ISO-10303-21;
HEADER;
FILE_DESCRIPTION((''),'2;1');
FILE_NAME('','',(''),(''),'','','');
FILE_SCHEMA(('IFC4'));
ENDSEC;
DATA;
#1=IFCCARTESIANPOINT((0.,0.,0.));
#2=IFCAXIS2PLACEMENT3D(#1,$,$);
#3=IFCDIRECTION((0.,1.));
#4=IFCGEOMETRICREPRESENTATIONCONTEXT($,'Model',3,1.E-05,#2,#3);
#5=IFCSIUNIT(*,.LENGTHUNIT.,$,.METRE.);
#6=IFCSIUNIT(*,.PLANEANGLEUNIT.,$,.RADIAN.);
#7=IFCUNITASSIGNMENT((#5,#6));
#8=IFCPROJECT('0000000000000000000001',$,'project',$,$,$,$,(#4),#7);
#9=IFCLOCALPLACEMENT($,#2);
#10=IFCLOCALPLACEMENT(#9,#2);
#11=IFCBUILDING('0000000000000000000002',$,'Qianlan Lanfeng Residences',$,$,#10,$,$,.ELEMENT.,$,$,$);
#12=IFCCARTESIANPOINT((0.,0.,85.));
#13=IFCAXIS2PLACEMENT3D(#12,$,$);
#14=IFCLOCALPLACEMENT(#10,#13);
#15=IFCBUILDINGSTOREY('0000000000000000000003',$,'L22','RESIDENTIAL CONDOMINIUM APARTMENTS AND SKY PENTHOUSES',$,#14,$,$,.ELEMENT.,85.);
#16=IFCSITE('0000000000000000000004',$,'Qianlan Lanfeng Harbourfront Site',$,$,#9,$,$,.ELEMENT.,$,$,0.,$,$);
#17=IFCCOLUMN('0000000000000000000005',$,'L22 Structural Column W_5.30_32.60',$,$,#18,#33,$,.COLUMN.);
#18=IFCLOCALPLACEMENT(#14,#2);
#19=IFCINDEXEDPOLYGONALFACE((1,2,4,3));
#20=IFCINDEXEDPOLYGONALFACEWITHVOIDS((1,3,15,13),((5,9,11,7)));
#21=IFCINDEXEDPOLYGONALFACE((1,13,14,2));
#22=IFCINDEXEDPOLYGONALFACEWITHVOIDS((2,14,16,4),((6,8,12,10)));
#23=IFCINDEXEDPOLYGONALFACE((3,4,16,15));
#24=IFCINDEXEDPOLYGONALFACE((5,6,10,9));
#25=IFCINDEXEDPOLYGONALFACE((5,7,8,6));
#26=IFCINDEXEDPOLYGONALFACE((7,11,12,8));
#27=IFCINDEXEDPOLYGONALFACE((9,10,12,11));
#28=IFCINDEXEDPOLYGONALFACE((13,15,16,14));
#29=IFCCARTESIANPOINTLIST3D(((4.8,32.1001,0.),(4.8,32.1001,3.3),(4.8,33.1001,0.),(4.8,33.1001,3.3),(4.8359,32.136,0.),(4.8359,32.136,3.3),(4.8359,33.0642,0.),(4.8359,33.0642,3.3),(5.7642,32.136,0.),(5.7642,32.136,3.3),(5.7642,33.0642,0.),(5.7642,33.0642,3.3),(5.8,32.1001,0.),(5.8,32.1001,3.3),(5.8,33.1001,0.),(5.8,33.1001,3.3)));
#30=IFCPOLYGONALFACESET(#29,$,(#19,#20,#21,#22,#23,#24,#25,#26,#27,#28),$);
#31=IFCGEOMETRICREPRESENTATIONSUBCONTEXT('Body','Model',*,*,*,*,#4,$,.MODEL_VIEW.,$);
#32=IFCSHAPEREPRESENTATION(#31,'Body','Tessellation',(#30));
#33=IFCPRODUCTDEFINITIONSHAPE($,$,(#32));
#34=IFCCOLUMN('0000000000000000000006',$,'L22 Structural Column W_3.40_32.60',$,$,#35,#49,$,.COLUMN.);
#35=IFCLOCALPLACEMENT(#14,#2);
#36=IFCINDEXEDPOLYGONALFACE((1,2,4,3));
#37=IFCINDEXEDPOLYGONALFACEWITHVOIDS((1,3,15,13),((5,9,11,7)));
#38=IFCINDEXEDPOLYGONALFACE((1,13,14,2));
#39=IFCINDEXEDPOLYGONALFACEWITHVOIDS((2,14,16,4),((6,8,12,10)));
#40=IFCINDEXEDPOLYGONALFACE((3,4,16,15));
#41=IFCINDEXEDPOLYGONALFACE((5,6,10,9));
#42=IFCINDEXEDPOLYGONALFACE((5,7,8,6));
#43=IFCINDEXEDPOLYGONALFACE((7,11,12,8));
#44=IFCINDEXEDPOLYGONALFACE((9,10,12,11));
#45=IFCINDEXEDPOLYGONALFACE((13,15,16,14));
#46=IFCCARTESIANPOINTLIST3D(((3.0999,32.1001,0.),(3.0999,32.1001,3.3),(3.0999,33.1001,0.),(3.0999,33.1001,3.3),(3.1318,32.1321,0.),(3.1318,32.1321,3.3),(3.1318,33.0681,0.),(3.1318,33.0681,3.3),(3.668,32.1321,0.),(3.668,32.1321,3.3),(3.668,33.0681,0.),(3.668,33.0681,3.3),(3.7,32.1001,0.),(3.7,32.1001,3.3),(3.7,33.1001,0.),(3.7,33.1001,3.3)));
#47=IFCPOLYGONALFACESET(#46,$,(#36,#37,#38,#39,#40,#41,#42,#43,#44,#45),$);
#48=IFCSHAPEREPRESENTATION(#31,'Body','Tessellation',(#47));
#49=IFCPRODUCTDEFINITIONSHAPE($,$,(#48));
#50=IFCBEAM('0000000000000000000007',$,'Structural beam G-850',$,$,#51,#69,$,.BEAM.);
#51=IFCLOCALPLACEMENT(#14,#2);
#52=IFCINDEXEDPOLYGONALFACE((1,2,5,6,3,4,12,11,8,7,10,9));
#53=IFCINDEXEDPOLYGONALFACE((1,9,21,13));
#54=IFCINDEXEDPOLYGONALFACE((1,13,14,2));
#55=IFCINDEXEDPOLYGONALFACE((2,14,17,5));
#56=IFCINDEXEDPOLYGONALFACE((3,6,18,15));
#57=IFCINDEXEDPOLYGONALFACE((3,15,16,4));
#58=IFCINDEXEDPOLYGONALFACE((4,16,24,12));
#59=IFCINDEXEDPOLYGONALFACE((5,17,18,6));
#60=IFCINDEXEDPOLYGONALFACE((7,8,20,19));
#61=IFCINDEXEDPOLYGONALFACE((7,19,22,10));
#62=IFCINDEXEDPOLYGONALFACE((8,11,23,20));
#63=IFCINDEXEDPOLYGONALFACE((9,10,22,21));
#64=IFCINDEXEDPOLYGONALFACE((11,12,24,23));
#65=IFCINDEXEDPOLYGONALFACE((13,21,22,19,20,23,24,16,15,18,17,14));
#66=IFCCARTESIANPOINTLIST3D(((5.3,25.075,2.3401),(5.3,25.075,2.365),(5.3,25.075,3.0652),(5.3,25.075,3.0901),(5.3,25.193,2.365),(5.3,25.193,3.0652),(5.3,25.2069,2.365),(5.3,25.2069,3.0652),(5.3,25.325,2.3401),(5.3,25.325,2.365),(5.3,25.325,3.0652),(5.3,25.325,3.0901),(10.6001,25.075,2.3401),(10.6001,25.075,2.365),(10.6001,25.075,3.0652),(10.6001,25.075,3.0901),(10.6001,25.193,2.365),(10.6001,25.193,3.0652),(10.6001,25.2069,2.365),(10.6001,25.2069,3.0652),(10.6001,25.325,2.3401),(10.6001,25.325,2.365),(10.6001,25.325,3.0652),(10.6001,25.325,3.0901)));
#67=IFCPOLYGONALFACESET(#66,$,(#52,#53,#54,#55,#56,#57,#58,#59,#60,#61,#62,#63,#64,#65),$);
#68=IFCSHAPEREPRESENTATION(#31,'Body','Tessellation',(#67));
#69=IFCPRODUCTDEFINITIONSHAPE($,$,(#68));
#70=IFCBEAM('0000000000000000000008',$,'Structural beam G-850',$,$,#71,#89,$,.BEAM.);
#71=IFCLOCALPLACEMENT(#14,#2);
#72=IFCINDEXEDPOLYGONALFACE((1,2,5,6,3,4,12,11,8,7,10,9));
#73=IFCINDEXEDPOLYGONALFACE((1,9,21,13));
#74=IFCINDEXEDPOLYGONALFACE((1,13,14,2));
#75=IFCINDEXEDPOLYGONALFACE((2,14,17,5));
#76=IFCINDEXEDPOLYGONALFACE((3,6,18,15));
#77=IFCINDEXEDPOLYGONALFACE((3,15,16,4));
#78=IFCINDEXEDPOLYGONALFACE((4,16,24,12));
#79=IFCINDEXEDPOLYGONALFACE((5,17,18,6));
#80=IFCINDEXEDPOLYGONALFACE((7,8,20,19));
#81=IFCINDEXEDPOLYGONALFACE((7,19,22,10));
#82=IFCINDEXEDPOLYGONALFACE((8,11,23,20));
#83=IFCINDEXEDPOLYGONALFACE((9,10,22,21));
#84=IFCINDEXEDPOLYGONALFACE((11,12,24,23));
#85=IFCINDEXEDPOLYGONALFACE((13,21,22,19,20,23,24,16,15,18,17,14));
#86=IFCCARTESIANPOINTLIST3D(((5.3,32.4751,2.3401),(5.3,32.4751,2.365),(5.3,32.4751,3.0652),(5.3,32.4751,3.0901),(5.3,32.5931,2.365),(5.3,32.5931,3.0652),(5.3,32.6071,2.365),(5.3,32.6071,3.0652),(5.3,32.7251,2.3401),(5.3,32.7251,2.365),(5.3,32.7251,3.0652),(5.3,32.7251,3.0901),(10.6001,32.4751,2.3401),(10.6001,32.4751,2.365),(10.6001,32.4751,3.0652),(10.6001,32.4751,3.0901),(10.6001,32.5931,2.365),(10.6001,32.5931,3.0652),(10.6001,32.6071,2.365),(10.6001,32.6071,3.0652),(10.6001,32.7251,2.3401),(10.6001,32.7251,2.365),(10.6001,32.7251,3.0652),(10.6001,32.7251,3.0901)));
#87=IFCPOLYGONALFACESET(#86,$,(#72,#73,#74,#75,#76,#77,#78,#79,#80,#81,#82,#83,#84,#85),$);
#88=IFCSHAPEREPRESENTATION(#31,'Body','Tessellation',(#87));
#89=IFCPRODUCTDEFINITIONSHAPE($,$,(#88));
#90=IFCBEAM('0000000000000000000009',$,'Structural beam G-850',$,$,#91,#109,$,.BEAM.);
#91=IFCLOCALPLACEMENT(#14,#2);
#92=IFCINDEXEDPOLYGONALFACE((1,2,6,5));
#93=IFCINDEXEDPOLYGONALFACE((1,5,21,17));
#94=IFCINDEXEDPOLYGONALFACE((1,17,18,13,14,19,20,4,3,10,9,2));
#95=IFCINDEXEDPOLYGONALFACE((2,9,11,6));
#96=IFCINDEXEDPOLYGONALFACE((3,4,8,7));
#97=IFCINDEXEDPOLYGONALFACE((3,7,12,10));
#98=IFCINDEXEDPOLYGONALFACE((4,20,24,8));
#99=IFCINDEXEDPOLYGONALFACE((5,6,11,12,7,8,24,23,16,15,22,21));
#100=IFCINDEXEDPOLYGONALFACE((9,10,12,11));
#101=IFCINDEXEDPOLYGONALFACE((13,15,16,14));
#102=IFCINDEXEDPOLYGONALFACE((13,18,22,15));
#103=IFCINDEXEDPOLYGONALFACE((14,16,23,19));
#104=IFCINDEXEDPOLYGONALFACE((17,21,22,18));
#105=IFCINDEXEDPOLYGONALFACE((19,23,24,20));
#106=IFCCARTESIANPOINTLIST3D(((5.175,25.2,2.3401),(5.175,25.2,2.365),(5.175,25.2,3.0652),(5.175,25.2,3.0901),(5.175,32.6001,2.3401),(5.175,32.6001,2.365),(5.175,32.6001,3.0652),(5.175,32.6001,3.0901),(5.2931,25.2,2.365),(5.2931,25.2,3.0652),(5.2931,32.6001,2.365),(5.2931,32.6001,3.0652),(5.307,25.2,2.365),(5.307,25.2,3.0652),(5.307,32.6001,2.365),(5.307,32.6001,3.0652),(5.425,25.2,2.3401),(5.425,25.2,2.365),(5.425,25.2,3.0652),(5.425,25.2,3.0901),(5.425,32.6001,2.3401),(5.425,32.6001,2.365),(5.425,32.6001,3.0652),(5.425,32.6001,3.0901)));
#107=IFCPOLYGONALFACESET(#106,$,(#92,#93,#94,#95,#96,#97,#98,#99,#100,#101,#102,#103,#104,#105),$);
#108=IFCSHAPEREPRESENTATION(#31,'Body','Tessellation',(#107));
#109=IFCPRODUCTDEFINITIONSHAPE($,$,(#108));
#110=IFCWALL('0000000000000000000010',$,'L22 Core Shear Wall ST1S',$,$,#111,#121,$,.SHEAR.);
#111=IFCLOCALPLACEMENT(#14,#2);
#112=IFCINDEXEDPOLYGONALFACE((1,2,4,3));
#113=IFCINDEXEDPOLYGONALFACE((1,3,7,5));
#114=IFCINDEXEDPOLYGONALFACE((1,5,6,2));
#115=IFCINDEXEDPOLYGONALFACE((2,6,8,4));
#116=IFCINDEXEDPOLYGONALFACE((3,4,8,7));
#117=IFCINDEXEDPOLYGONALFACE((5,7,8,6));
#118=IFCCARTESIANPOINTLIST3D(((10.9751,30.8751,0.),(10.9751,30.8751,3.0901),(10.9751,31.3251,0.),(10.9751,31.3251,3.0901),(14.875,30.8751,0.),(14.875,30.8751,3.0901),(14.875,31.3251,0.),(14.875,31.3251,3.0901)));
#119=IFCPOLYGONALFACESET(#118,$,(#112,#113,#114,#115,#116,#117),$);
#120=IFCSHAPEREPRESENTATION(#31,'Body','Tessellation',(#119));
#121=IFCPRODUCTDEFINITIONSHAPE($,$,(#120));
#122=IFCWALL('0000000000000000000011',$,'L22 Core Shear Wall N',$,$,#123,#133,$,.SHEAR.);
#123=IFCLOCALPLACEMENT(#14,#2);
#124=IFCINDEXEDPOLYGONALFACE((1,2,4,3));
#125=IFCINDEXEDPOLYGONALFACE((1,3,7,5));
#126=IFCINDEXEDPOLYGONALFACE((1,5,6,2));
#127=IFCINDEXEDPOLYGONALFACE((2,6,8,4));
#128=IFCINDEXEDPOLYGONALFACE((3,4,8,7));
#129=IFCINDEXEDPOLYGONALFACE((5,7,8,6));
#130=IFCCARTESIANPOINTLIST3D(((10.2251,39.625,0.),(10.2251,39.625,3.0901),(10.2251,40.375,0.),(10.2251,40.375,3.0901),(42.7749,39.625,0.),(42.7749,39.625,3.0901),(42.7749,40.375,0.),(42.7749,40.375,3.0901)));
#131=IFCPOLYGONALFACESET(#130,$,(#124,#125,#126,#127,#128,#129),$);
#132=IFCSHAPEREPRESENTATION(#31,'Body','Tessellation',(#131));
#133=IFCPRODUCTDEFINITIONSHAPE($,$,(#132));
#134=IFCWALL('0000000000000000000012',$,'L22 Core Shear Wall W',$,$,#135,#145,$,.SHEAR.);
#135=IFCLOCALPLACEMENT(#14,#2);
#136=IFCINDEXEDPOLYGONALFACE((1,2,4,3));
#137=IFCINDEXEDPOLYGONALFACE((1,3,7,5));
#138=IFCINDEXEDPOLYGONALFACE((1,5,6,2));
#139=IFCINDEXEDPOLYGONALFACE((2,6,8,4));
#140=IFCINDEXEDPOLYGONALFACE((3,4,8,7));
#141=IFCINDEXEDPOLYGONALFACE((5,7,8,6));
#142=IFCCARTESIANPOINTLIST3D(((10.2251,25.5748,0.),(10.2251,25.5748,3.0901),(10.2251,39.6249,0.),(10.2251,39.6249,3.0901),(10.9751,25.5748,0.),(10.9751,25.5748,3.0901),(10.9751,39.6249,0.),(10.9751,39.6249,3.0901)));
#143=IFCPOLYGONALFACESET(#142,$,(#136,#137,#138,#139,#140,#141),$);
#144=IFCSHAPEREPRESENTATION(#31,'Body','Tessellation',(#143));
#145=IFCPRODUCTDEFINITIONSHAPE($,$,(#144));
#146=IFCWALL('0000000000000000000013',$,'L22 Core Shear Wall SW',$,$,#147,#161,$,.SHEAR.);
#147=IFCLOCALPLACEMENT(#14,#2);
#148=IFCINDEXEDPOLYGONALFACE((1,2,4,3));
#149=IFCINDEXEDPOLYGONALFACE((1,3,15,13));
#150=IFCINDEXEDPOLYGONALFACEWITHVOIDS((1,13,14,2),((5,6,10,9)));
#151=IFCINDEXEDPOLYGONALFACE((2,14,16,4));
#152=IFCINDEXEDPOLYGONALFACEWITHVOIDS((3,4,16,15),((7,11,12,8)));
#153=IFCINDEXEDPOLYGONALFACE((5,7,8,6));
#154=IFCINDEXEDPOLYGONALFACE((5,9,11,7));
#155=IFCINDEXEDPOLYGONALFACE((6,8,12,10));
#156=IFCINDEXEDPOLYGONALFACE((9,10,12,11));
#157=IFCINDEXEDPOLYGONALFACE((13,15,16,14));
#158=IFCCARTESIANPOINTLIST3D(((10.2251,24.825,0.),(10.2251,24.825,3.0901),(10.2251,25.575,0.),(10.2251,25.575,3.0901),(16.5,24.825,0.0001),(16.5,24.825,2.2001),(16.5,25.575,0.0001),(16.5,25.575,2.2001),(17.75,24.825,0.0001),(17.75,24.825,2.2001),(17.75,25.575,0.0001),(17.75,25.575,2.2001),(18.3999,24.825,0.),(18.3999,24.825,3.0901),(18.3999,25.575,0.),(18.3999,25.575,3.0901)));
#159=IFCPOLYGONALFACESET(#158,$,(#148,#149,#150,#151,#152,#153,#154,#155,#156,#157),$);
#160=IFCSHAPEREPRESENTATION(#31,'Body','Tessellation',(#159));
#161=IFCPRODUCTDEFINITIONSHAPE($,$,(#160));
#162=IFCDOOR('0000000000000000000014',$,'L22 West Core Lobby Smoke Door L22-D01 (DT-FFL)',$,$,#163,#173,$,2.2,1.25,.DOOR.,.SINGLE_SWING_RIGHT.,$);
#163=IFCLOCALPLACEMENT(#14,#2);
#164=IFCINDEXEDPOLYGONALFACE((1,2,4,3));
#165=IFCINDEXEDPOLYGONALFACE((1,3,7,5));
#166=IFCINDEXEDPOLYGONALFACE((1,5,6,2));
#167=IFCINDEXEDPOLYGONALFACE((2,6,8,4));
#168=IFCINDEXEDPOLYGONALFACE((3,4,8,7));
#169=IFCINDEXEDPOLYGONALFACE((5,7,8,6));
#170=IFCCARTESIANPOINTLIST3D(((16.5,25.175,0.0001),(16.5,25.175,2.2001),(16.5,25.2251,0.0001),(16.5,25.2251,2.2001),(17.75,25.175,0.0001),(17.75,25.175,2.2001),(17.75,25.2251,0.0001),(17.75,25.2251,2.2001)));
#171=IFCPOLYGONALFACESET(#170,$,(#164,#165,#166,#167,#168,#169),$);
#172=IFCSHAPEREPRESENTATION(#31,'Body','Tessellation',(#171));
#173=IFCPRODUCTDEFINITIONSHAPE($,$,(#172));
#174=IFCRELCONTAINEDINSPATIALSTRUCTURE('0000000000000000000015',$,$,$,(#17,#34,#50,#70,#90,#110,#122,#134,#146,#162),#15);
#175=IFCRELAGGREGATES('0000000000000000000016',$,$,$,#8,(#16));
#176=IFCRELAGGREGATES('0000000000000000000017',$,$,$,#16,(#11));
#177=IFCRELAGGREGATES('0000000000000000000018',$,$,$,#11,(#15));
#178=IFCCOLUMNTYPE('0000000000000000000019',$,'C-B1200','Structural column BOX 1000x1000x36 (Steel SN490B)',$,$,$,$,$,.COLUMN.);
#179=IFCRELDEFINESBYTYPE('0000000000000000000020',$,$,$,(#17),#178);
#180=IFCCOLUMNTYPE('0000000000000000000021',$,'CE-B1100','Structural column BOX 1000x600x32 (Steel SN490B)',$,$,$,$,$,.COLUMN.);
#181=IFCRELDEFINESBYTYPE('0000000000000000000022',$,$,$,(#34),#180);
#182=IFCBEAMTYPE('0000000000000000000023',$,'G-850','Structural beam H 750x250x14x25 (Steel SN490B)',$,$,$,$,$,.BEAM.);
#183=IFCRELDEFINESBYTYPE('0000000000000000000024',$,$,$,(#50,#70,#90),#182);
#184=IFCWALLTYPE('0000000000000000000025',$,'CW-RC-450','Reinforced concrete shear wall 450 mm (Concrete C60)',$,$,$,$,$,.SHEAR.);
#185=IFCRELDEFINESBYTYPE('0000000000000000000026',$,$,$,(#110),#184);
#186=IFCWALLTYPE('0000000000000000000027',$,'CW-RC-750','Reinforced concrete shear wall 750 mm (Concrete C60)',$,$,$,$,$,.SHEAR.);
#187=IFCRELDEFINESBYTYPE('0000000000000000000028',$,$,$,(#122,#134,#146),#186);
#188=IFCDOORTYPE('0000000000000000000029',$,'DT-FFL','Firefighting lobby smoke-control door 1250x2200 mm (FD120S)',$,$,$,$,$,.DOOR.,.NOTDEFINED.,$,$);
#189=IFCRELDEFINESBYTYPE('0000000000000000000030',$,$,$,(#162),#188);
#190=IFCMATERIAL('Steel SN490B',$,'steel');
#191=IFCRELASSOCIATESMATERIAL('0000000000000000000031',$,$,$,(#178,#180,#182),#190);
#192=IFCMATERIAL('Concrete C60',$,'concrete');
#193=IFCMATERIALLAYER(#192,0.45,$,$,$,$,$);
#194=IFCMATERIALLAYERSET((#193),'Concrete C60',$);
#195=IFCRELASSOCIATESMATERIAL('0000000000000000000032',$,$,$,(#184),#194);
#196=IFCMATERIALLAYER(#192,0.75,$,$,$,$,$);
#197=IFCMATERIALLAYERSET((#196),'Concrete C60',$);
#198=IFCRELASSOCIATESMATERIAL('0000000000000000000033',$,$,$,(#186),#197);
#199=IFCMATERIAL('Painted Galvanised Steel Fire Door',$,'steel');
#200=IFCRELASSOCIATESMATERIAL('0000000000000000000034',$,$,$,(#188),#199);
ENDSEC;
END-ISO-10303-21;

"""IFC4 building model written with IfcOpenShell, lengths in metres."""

from ifc_helpers import new_model, si_unit, direction, frame, frame_2d, origin, origin_2d, place, context, subcontext, project, spatial, rectangle, hollow_rectangle, i_section, extrude, material, layer, layer_set, material_profile, profile_set, type_object, element, fill, save


model = new_model("IFC4")

# Units and contexts
model_context = context("Model", 3, precision=1e-05, world=origin(), true_north=direction((0.0, 1.0)))
body_context = subcontext(model_context, "Body", "Model", "MODEL_VIEW")
ifc_project = project(units=[si_unit("LENGTHUNIT", "METRE"), si_unit("PLANEANGLEUNIT", "RADIAN")], contexts=[model_context])

# Site, building, storey
site_placement = place(None, origin())
site = spatial("IfcSite", under=ifc_project, at=site_placement, Name="Qianlan Lanfeng Harbourfront Site", CompositionType="ELEMENT", RefElevation=0.0)
building_placement = place(site_placement, origin())
building = spatial("IfcBuilding", under=site, at=building_placement, Name="Qianlan Lanfeng Residences", CompositionType="ELEMENT")
storey_placement = place(building_placement, frame((0.0, 0.0, 85.0)))
storey = spatial("IfcBuildingStorey", under=building, at=storey_placement, Name="L22", Description="RESIDENTIAL CONDOMINIUM APARTMENTS AND SKY PENTHOUSES", CompositionType="ELEMENT", Elevation=85.0)

# Columns
ifc_material_1 = material(Name="Steel SN490B", Category="steel")
ifc_material_profile_1 = material_profile(ifc_material_1, hollow_rectangle(XDim=1.0, YDim=1.0, WallThickness=0.0359, at=origin_2d()), Name="BOX 1000x1000x36")
ifc_profile_set_1 = profile_set([ifc_material_profile_1], Name="Steel SN490B")
column_type_1 = type_object("IfcColumnType", Name="C-B1200", Description="Structural column BOX 1000x1000x36 (Steel SN490B)", PredefinedType="COLUMN", material=ifc_profile_set_1)
column_1_placement = place(storey_placement, frame((5.3, 32.6001, 0.0), z_axis=(0.0, 0.0, 1.0), x_axis=(1.0, 0.0, 0.0)))
element("IfcColumn", 1, at=column_1_placement, inside=storey, type_object=column_type_1, Name="L22 Structural Column W_5.30_32.60", PredefinedType="COLUMN", context=body_context, shape_type="SweptSolid", body=[
    extrude(hollow_rectangle(XDim=1.0, YDim=1.0, WallThickness=0.0359, at=origin_2d()), origin(), (0.0, 0.0, 1.0), 3.3),
])
ifc_material_profile_2 = material_profile(ifc_material_1, hollow_rectangle(XDim=0.6001, YDim=1.0, WallThickness=0.032, at=origin_2d()), Name="BOX 1000x600x32")
ifc_profile_set_2 = profile_set([ifc_material_profile_2], Name="Steel SN490B")
column_type_2 = type_object("IfcColumnType", Name="CE-B1100", Description="Structural column BOX 1000x600x32 (Steel SN490B)", PredefinedType="COLUMN", material=ifc_profile_set_2)
column_2_placement = place(storey_placement, frame((3.3999, 32.6001, 0.0), z_axis=(0.0, 0.0, 1.0), x_axis=(1.0, 0.0, 0.0)))
element("IfcColumn", 2, at=column_2_placement, inside=storey, type_object=column_type_2, Name="L22 Structural Column W_3.40_32.60", PredefinedType="COLUMN", context=body_context, shape_type="SweptSolid", body=[
    extrude(hollow_rectangle(XDim=0.6001, YDim=1.0, WallThickness=0.032, at=origin_2d()), origin(), (0.0, 0.0, 1.0), 3.3),
])

# Beams
ifc_material_profile_3 = material_profile(ifc_material_1, i_section(OverallWidth=0.25, OverallDepth=0.75, WebThickness=0.0139, FlangeThickness=0.0249, at=origin_2d()), Name="H 750x250x14x25")
ifc_profile_set_3 = profile_set([ifc_material_profile_3], Name="Steel SN490B")
beam_type = type_object("IfcBeamType", Name="G-850", Description="Structural beam H 750x250x14x25 (Steel SN490B)", PredefinedType="BEAM", material=ifc_profile_set_3)
for number, where, z_axis, x_axis, name in (
    (3, (5.3, 25.2, 2.7151), (1.0, 0.0, 0.0), (0.0, 1.0, 0.0), "Structural beam G-850"),
    (4, (5.3, 32.6001, 2.7151), (1.0, 0.0, 0.0), (0.0, 1.0, 0.0), "Structural beam G-850"),
):
    element("IfcBeam", number, at=place(storey_placement, frame(where, z_axis=z_axis, x_axis=x_axis)), inside=storey, type_object=beam_type, Name=name, PredefinedType="BEAM", context=body_context, shape_type="SweptSolid", body=[
        extrude(i_section(OverallWidth=0.25, OverallDepth=0.75, WebThickness=0.0139, FlangeThickness=0.0249, at=origin_2d()), origin(), (0.0, 0.0, 1.0), 5.3),
    ])
beam_placement = place(storey_placement, frame((5.3, 25.2, 2.7151), z_axis=(0.0, 1.0, 0.0), x_axis=(-1.0, 0.0, 0.0)))
element("IfcBeam", 5, at=beam_placement, inside=storey, type_object=beam_type, Name="Structural beam G-850", PredefinedType="BEAM", context=body_context, shape_type="SweptSolid", body=[
    extrude(i_section(OverallWidth=0.25, OverallDepth=0.75, WebThickness=0.0139, FlangeThickness=0.0249, at=origin_2d()), origin(), (0.0, 0.0, 1.0), 7.4001),
])

# Walls
ifc_material_2 = material(Name="Concrete C60", Category="concrete")
ifc_layer_1 = layer(ifc_material_2, 0.45)
ifc_layer_set_1 = layer_set([ifc_layer_1], Name="Concrete C60")
wall_type_1 = type_object("IfcWallType", Name="CW-RC-450", Description="Reinforced concrete shear wall 450 mm (Concrete C60)", PredefinedType="SHEAR", material=ifc_layer_set_1)
wall_1_placement = place(storey_placement, frame((10.9751, 31.1001, 0.0), z_axis=(0.0, 0.0, 1.0), x_axis=(1.0, 0.0, 0.0)))
element("IfcWall", 6, at=wall_1_placement, inside=storey, type_object=wall_type_1, Name="L22 Core Shear Wall ST1S", PredefinedType="SHEAR", context=body_context, shape_type="SweptSolid", body=[
    extrude(rectangle(XDim=3.8999, YDim=0.45, at=frame_2d((1.95, 0.0))), origin(), (0.0, 0.0, 1.0), 3.0901),
])
ifc_layer_2 = layer(ifc_material_2, 0.75)
ifc_layer_set_2 = layer_set([ifc_layer_2], Name="Concrete C60")
wall_type_2 = type_object("IfcWallType", Name="CW-RC-750", Description="Reinforced concrete shear wall 750 mm (Concrete C60)", PredefinedType="SHEAR", material=ifc_layer_set_2)
wall_2_placement = place(storey_placement, frame((10.2251, 40.0, 0.0), z_axis=(0.0, 0.0, 1.0), x_axis=(1.0, 0.0, 0.0)))
element("IfcWall", 7, at=wall_2_placement, inside=storey, type_object=wall_type_2, Name="L22 Core Shear Wall N", PredefinedType="SHEAR", context=body_context, shape_type="SweptSolid", body=[
    extrude(rectangle(XDim=32.5498, YDim=0.75, at=frame_2d((16.2749, 0.0))), origin(), (0.0, 0.0, 1.0), 3.0901),
])
wall_3_placement = place(storey_placement, frame((10.6001, 25.575, 0.0), z_axis=(0.0, 0.0, 1.0), x_axis=(0.0, 1.0, 0.0)))
element("IfcWall", 8, at=wall_3_placement, inside=storey, type_object=wall_type_2, Name="L22 Core Shear Wall W", PredefinedType="SHEAR", context=body_context, shape_type="SweptSolid", body=[
    extrude(rectangle(XDim=14.05, YDim=0.75, at=frame_2d((7.0249, 0.0))), origin(), (0.0, 0.0, 1.0), 3.0901),
])

# Wall, opening, door
wall_4_placement = place(storey_placement, frame((10.2251, 25.2, 0.0), z_axis=(0.0, 0.0, 1.0), x_axis=(1.0, 0.0, 0.0)))
wall_4 = element("IfcWall", 9, at=wall_4_placement, inside=storey, type_object=wall_type_2, Name="L22 Core Shear Wall SW", PredefinedType="SHEAR", context=body_context, shape_type="SweptSolid", body=[
    extrude(rectangle(XDim=8.1748, YDim=0.75, at=frame_2d((4.0874, 0.0))), origin(), (0.0, 0.0, 1.0), 3.0901),
])
opening_1_placement = place(wall_4_placement, frame((6.2749, 0.0, 0.0)))
opening_1 = element("IfcOpeningElement", 10, at=opening_1_placement, cuts=wall_4, PredefinedType="OPENING", context=body_context, shape_type="SweptSolid", body=[
    extrude(rectangle(XDim=1.25, YDim=2.2, at=frame_2d((0.625, 1.1001))), frame((0.0, 0.385, 0.0), z_axis=(0.0, -1.0, 0.0), x_axis=(1.0, 0.0, 0.0)), (0.0, 0.0, 1.0), 0.77),
])
ifc_material_3 = material(Name="Painted Galvanised Steel Fire Door", Category="steel")
door_type_1 = type_object("IfcDoorType", Name="DT-FFL", Description="Firefighting lobby smoke-control door 1250x2200 mm (FD120S)", OperationType="NOTDEFINED", PredefinedType="DOOR", material=ifc_material_3)
door_1_placement = place(opening_1_placement, frame((1.25, 0.0, 0.0), z_axis=(0.0, 0.0, 1.0), x_axis=(-1.0, 0.0, 0.0)))
door_1 = element("IfcDoor", 11, at=door_1_placement, inside=storey, type_object=door_type_1, Name="L22 West Core Lobby Smoke Door L22-D01 (DT-FFL)", OperationType="SINGLE_SWING_RIGHT", OverallHeight=2.2, OverallWidth=1.25, PredefinedType="DOOR", context=body_context, shape_type="SweptSolid", body=[
    extrude(rectangle(XDim=1.25, YDim=2.2, at=frame_2d((0.625, 1.1001))), frame((0.0, 0.0249, 0.0), z_axis=(0.0, -1.0, 0.0), x_axis=(1.0, 0.0, 0.0)), (0.0, 0.0, 1.0), 0.05),
])
fill(opening_1, door_1)

save(model, "model.ifc")
